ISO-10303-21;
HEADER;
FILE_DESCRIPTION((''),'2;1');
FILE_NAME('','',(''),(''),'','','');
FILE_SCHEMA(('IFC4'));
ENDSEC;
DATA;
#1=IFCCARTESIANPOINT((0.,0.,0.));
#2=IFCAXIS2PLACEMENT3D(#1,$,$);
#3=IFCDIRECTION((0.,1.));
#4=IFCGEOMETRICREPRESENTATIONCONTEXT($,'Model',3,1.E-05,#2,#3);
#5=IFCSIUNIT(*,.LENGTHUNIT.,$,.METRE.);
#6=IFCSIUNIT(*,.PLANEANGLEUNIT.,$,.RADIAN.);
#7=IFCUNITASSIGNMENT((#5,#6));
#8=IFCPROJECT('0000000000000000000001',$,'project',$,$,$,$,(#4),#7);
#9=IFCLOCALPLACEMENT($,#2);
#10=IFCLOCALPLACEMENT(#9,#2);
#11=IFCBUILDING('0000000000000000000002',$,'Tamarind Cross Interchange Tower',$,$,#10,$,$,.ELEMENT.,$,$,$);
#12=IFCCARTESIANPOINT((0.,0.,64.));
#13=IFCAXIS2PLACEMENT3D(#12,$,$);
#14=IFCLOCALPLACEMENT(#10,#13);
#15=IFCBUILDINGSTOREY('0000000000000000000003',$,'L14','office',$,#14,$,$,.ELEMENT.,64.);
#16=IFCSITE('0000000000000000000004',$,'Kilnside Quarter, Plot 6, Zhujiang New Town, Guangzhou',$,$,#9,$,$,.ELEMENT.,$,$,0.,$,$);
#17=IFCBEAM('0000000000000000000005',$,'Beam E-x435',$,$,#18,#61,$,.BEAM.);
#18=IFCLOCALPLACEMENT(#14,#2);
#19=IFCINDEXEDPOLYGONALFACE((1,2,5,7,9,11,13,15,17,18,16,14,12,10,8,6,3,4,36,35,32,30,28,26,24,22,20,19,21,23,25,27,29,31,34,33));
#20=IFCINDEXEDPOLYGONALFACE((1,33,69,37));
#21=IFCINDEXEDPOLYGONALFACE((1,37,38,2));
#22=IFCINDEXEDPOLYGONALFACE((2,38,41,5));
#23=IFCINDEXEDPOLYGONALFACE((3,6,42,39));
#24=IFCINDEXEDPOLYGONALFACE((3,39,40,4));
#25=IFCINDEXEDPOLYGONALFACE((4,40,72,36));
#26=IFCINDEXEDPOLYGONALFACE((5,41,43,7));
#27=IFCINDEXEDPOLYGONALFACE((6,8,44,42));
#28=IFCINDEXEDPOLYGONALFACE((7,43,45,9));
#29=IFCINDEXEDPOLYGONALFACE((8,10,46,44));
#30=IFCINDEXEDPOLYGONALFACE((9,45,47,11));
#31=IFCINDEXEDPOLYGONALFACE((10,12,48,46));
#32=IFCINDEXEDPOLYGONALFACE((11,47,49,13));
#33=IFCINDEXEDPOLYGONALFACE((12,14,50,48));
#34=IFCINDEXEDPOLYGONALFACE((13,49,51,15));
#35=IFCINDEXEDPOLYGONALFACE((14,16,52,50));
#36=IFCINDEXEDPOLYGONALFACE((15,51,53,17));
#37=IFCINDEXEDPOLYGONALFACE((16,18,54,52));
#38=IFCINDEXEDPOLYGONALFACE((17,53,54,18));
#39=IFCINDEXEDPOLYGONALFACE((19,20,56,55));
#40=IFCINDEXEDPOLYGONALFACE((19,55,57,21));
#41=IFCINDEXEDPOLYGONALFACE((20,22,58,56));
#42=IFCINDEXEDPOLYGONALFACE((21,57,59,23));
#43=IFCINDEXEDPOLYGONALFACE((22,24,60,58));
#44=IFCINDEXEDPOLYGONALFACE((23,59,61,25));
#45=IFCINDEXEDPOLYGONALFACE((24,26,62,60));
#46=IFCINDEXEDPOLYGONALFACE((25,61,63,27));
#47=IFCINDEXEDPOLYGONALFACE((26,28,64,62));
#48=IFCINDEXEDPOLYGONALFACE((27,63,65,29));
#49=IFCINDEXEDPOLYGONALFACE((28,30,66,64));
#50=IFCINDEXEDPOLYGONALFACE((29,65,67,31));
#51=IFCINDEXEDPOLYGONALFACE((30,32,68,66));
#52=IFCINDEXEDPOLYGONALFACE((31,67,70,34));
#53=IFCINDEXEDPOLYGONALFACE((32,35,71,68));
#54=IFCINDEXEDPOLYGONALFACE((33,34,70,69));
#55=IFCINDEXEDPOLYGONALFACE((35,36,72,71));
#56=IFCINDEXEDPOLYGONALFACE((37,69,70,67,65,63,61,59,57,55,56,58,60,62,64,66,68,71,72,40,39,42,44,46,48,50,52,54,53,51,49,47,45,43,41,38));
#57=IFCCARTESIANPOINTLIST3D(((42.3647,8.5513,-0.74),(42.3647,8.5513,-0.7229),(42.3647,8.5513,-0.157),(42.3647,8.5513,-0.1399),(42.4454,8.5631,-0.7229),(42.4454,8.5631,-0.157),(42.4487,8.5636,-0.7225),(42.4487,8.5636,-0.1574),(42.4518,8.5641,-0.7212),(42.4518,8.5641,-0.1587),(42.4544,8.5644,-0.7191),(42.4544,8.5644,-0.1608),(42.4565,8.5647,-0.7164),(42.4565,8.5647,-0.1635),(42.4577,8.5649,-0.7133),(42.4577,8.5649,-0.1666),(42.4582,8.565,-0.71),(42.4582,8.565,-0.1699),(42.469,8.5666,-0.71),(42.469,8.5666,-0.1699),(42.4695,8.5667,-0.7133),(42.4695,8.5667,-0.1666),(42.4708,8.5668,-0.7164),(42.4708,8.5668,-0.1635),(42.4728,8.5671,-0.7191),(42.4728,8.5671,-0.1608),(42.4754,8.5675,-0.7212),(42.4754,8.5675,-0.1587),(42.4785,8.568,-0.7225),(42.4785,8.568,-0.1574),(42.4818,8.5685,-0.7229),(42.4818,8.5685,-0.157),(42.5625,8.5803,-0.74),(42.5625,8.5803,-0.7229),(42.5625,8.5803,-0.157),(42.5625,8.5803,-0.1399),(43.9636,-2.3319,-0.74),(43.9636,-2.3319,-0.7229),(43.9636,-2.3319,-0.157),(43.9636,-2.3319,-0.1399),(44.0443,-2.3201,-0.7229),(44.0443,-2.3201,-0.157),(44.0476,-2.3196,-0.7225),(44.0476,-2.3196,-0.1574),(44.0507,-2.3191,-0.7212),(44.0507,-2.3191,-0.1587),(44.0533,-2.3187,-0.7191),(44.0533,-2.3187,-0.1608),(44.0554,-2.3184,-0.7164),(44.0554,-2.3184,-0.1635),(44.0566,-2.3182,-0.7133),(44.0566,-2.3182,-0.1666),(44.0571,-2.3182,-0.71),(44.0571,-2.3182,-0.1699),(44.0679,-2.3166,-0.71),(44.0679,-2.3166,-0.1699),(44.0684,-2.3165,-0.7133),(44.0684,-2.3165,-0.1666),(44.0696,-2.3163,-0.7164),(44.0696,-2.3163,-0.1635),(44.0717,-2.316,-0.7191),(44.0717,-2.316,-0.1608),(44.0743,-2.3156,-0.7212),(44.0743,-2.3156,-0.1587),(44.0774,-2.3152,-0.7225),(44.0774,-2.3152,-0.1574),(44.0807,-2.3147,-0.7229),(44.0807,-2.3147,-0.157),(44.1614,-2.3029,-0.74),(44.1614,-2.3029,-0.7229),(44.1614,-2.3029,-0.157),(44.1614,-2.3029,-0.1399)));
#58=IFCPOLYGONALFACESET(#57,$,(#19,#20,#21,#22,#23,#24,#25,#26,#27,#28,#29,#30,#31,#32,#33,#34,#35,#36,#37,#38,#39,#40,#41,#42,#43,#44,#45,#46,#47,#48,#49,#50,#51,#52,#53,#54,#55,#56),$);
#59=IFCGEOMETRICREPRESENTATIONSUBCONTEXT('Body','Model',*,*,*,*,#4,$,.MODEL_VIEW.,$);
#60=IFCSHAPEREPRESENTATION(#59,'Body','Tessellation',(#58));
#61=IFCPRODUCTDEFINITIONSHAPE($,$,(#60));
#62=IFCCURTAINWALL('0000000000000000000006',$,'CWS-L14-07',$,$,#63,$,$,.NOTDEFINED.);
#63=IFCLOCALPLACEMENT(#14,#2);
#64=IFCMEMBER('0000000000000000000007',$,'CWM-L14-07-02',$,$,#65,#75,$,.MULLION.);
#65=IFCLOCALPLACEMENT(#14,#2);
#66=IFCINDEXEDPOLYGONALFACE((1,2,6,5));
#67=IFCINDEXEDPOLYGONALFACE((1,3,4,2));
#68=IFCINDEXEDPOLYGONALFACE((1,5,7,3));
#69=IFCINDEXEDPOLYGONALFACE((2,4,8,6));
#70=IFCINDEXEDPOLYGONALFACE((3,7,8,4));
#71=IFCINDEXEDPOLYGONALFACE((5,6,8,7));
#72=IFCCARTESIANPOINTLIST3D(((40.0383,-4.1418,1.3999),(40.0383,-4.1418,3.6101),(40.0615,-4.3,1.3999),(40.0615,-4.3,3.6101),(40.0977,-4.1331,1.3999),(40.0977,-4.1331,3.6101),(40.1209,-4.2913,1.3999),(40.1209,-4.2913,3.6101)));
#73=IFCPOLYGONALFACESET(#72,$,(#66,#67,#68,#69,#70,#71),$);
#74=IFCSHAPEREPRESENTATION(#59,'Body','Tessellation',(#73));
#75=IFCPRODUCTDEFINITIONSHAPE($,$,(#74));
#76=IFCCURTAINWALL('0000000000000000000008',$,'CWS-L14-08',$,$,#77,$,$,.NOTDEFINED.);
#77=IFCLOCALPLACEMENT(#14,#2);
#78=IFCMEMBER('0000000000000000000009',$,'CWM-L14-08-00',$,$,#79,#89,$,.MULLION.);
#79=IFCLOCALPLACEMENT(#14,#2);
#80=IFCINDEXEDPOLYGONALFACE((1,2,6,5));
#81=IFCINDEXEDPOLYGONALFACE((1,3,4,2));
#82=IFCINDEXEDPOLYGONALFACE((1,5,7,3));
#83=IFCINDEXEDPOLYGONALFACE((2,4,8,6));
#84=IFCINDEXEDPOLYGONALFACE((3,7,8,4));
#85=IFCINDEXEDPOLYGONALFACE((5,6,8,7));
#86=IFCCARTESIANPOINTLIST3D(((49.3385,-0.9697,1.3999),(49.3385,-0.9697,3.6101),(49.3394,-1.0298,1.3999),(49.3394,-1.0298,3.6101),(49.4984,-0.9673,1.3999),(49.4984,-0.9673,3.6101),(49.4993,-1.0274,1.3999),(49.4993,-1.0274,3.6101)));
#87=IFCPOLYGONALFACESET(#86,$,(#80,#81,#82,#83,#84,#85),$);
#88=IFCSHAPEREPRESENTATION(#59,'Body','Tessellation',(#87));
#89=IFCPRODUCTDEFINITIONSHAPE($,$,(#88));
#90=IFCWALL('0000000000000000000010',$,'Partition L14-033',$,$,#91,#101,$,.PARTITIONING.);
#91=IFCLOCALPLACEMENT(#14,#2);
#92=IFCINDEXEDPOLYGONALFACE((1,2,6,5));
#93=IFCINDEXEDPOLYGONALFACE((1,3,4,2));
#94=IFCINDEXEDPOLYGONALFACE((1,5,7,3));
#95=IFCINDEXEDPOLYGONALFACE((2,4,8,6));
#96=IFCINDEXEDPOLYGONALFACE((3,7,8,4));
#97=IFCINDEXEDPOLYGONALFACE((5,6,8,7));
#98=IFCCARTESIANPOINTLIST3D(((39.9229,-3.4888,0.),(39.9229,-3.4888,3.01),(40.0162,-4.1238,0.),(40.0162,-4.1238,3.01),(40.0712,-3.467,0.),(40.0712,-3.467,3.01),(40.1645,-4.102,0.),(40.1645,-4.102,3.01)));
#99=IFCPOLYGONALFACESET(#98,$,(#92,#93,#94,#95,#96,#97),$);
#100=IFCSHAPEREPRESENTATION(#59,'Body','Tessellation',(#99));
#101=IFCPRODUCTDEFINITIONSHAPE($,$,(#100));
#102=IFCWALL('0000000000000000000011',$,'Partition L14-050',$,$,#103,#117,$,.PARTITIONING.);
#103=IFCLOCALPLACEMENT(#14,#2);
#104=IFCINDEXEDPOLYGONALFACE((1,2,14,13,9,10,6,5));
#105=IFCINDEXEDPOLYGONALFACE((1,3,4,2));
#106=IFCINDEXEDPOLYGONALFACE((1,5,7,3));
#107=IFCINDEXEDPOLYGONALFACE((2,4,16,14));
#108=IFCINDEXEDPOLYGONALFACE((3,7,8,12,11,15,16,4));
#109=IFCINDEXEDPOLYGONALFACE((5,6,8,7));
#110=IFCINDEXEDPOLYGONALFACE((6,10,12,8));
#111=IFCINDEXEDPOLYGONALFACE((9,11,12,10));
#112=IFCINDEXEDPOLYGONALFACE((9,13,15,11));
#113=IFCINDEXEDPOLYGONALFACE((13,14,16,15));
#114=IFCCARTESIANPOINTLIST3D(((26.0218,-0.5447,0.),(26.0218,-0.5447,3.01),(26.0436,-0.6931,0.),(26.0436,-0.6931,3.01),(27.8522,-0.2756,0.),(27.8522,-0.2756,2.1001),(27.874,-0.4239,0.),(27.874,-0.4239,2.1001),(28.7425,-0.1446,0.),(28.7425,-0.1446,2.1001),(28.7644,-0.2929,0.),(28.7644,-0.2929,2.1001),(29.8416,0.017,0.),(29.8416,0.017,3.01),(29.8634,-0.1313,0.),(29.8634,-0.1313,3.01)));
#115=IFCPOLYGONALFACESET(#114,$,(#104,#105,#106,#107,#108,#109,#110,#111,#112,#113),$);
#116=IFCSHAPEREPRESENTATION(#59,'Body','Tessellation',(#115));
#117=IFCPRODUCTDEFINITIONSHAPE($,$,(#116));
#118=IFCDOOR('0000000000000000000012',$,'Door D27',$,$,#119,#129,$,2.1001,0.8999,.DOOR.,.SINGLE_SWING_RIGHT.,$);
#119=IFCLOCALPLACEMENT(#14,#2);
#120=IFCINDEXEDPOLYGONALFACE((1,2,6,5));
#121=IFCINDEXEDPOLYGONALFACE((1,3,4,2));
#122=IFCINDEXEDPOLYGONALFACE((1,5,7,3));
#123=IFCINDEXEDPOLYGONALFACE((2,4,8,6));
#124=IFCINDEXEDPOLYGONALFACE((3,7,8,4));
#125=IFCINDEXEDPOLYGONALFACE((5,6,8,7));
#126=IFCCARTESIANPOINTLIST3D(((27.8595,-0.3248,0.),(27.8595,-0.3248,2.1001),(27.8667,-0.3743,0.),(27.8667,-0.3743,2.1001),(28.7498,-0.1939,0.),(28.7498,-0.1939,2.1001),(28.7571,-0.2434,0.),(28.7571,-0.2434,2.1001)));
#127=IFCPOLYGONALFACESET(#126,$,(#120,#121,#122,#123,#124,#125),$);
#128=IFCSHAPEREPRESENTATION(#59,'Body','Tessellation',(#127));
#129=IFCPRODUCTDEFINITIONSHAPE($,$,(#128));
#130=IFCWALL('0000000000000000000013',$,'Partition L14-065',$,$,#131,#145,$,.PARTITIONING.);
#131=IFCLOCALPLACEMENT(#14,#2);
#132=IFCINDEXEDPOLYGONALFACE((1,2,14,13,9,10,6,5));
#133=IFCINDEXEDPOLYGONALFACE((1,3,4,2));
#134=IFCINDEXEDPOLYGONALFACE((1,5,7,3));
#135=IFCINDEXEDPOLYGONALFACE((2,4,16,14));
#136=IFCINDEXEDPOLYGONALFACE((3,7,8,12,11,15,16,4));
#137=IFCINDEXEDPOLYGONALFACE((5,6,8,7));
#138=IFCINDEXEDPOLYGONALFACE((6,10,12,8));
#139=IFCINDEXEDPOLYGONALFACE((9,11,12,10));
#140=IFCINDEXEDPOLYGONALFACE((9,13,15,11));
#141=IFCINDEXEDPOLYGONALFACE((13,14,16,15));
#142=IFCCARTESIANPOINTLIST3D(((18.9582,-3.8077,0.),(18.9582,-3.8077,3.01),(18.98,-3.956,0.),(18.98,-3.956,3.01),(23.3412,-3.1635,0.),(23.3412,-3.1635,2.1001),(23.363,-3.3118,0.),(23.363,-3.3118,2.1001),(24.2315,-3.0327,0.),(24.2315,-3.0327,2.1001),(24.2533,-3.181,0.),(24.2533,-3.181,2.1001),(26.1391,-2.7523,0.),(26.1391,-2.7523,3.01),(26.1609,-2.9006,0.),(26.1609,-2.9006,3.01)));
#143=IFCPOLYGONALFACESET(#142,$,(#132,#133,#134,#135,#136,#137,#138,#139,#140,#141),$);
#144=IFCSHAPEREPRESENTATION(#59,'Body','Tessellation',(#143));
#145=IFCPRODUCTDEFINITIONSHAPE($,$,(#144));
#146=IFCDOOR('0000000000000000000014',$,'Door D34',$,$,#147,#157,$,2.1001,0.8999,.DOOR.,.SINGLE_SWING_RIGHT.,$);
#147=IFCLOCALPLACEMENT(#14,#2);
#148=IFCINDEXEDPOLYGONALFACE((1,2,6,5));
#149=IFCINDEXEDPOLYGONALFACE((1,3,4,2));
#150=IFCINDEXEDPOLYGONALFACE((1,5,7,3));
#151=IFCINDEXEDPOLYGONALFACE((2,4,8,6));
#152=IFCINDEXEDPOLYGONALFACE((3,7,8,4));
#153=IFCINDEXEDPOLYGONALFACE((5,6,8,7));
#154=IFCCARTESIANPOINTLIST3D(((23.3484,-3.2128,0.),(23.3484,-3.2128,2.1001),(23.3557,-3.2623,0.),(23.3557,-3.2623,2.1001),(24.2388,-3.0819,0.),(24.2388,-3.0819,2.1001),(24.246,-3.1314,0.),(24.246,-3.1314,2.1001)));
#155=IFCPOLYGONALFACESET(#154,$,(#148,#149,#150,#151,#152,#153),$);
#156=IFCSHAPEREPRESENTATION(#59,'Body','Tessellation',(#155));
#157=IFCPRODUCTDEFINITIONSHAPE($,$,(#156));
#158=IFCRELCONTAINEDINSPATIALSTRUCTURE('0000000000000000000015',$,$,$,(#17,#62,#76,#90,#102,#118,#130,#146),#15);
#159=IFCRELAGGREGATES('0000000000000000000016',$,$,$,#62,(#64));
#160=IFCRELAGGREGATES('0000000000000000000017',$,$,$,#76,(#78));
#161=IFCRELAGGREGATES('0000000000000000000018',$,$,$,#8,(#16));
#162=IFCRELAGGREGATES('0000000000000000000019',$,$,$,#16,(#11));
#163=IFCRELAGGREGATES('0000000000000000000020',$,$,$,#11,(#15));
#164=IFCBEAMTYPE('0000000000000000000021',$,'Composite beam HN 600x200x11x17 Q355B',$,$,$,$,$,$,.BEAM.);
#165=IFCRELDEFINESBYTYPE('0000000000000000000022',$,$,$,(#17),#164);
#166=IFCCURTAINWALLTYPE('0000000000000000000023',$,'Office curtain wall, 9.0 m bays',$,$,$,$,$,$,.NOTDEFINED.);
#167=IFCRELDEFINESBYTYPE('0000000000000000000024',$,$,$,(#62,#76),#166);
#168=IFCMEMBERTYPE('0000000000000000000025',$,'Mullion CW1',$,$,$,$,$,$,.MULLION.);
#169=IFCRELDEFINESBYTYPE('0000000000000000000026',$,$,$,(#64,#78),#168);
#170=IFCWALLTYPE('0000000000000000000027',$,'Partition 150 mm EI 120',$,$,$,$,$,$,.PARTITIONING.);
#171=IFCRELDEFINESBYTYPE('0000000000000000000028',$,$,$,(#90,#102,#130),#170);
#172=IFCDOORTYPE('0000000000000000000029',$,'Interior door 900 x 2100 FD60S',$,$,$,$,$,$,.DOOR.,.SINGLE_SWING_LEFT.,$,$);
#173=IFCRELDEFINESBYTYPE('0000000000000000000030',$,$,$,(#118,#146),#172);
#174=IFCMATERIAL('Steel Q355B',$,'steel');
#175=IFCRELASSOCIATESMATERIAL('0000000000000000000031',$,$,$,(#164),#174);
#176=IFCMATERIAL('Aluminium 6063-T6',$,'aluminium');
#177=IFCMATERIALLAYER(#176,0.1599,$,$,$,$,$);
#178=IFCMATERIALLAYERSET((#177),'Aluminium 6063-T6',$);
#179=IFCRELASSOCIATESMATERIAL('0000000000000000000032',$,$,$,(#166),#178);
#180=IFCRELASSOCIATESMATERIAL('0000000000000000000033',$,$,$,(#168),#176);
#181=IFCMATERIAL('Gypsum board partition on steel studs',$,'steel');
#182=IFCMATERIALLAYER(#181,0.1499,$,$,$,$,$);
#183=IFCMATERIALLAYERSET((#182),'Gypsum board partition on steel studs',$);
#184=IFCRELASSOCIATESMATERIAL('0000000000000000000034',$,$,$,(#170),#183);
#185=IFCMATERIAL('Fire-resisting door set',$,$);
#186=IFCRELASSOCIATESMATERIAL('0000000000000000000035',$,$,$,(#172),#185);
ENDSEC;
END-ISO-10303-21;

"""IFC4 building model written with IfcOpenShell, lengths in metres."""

from ifc_helpers import new_model, si_unit, direction, frame, frame_2d, origin, origin_2d, place, context, subcontext, project, spatial, rectangle, i_section, extrude, material, layer, layer_set, material_profile, profile_set, type_object, element, fill, aggregate, save


model = new_model("IFC4")

# Units and contexts
model_context = context("Model", 3, precision=1e-05, world=origin(), true_north=direction((0.0, 1.0)))
body_context = subcontext(model_context, "Body", "Model", "MODEL_VIEW")
ifc_project = project(units=[si_unit("LENGTHUNIT", "METRE"), si_unit("PLANEANGLEUNIT", "RADIAN")], contexts=[model_context])

# Site, building, storey
site_placement = place(None, origin())
site = spatial("IfcSite", under=ifc_project, at=site_placement, Name="Kilnside Quarter, Plot 6, Zhujiang New Town, Guangzhou", CompositionType="ELEMENT", RefElevation=0.0)
building_placement = place(site_placement, origin())
building = spatial("IfcBuilding", under=site, at=building_placement, Name="Tamarind Cross Interchange Tower", CompositionType="ELEMENT")
storey_placement = place(building_placement, frame((0.0, 0.0, 64.0)))
storey = spatial("IfcBuildingStorey", under=building, at=storey_placement, Name="L14", Description="office", CompositionType="ELEMENT", Elevation=64.0)

# Beam
ifc_material_1 = material(Name="Steel Q355B", Category="steel")
ifc_material_profile_1 = material_profile(ifc_material_1, i_section(OverallWidth=0.2, OverallDepth=0.6001, WebThickness=0.011, FlangeThickness=0.0171, FilletRadius=0.0129, at=origin_2d()), Name="HN 600x200x11x17")
ifc_profile_set_1 = profile_set([ifc_material_profile_1], Name="Steel Q355B")
beam_type_1 = type_object("IfcBeamType", Name="Composite beam HN 600x200x11x17 Q355B", PredefinedType="BEAM", material=ifc_profile_set_1)
beam_1_placement = place(storey_placement, frame((44.0625, -2.3174, -0.4399), z_axis=(-0.145354, 0.98938, 0.0), x_axis=(-0.98938, -0.145354, 0.0)))
element("IfcBeam", 1, at=beam_1_placement, inside=storey, type_object=beam_type_1, Name="Beam E-x435", PredefinedType="BEAM", context=body_context, shape_type="SweptSolid", body=[
    extrude(i_section(OverallWidth=0.2, OverallDepth=0.6001, WebThickness=0.011, FlangeThickness=0.0171, FilletRadius=0.0129, at=origin_2d()), origin(), (0.0, 0.0, 1.0), 11.0),
])

# Curtain walls, members
ifc_material_2 = material(Name="Aluminium 6063-T6", Category="aluminium")
ifc_layer_1 = layer(ifc_material_2, 0.1599)
ifc_layer_set_1 = layer_set([ifc_layer_1], Name="Aluminium 6063-T6")
curtain_wall_type = type_object("IfcCurtainWallType", Name="Office curtain wall, 9.0 m bays", PredefinedType="NOTDEFINED", material=ifc_layer_set_1)
curtain_wall_1_placement = place(storey_placement, origin())
curtain_wall_1 = element("IfcCurtainWall", 2, at=curtain_wall_1_placement, inside=storey, type_object=curtain_wall_type, Name="CWS-L14-07", PredefinedType="NOTDEFINED")
ifc_material_profile_2 = material_profile(ifc_material_2, rectangle(XDim=0.0601, YDim=0.1599, at=origin_2d()), Name="Mullion CW1")
ifc_profile_set_2 = profile_set([ifc_material_profile_2], Name="Aluminium 6063-T6")
member_type = type_object("IfcMemberType", Name="Mullion CW1", PredefinedType="MULLION", material=ifc_profile_set_2)
member_1_placement = place(storey_placement, frame((40.0796, -4.2166, 1.3999), z_axis=(0.0, 0.0, 1.0), x_axis=(0.989378, 0.145365, 0.0)))
member_1 = element("IfcMember", 3, at=member_1_placement, type_object=member_type, Name="CWM-L14-07-02", PredefinedType="MULLION", context=body_context, shape_type="SweptSolid", body=[
    extrude(rectangle(XDim=0.0601, YDim=0.1599, at=origin_2d()), origin(), (0.0, 0.0, 1.0), 2.2102),
])
aggregate(curtain_wall_1, [member_1])
curtain_wall_2_placement = place(storey_placement, origin())
curtain_wall_2 = element("IfcCurtainWall", 4, at=curtain_wall_2_placement, inside=storey, type_object=curtain_wall_type, Name="CWS-L14-08", PredefinedType="NOTDEFINED")
member_2_placement = place(storey_placement, frame((49.4189, -0.9985, 1.3999), z_axis=(0.0, 0.0, 1.0), x_axis=(-0.014981, 0.999888, 0.0)))
member_2 = element("IfcMember", 5, at=member_2_placement, type_object=member_type, Name="CWM-L14-08-00", PredefinedType="MULLION", context=body_context, shape_type="SweptSolid", body=[
    extrude(rectangle(XDim=0.0601, YDim=0.1599, at=origin_2d()), origin(), (0.0, 0.0, 1.0), 2.2102),
])
aggregate(curtain_wall_2, [member_2])

# Wall
ifc_material_3 = material(Name="Gypsum board partition on steel studs", Category="steel")
ifc_layer_2 = layer(ifc_material_3, 0.1499)
ifc_layer_set_2 = layer_set([ifc_layer_2], Name="Gypsum board partition on steel studs")
wall_type_1 = type_object("IfcWallType", Name="Partition 150 mm EI 120", PredefinedType="PARTITIONING", material=ifc_layer_set_2)
wall_1_placement = place(storey_placement, frame((39.9971, -3.478, 0.0), z_axis=(0.0, 0.0, 1.0), x_axis=(0.145308, -0.989386, 0.0)))
element("IfcWall", 6, at=wall_1_placement, inside=storey, type_object=wall_type_1, Name="Partition L14-033", PredefinedType="PARTITIONING", context=body_context, shape_type="SweptSolid", body=[
    extrude(rectangle(XDim=0.6418, YDim=0.1499, at=frame_2d((0.3208, 0.0))), origin(), (0.0, 0.0, 1.0), 3.01),
])

# Walls, openings, doors
wall_2_placement = place(storey_placement, frame((26.0327, -0.6189, 0.0), z_axis=(0.0, 0.0, 1.0), x_axis=(0.989358, 0.145501, 0.0)))
wall_2 = element("IfcWall", 7, at=wall_2_placement, inside=storey, type_object=wall_type_1, Name="Partition L14-050", PredefinedType="PARTITIONING", context=body_context, shape_type="SweptSolid", body=[
    extrude(rectangle(XDim=3.8608, YDim=0.1499, at=frame_2d((1.9304, 0.0))), origin(), (0.0, 0.0, 1.0), 3.01),
])
opening_1_placement = place(wall_2_placement, frame((1.8501, 0.0, 0.0)))
opening_1 = element("IfcOpeningElement", 8, at=opening_1_placement, cuts=wall_2, PredefinedType="OPENING", context=body_context, shape_type="SweptSolid", body=[
    extrude(rectangle(XDim=0.8999, YDim=2.1001, at=frame_2d((0.45, 1.05))), frame((0.0, 0.085, 0.0), z_axis=(0.0, -1.0, 0.0), x_axis=(1.0, 0.0, 0.0)), (0.0, 0.0, 1.0), 0.1699),
])
ifc_material_4 = material(Name="Fire-resisting door set")
door_type_1 = type_object("IfcDoorType", Name="Interior door 900 x 2100 FD60S", OperationType="SINGLE_SWING_LEFT", PredefinedType="DOOR", material=ifc_material_4)
door_1_placement = place(opening_1_placement, frame((0.8999, 0.0, 0.0), z_axis=(0.0, 0.0, 1.0), x_axis=(-1.0, 0.0, 0.0)))
door_1 = element("IfcDoor", 9, at=door_1_placement, inside=storey, type_object=door_type_1, Name="Door D27", OperationType="SINGLE_SWING_RIGHT", OverallHeight=2.1001, OverallWidth=0.8999, PredefinedType="DOOR", context=body_context, shape_type="SweptSolid", body=[
    extrude(rectangle(XDim=0.8999, YDim=2.1001, at=frame_2d((0.45, 1.05))), frame((0.0, 0.0249, 0.0), z_axis=(0.0, -1.0, 0.0), x_axis=(1.0, 0.0, 0.0)), (0.0, 0.0, 1.0), 0.05),
])
fill(opening_1, door_1)
wall_3_placement = place(storey_placement, frame((18.9692, -3.8818, 0.0), z_axis=(0.0, 0.0, 1.0), x_axis=(0.989371, 0.145414, 0.0)))
wall_3 = element("IfcWall", 10, at=wall_3_placement, inside=storey, type_object=wall_type_1, Name="Partition L14-065", PredefinedType="PARTITIONING", context=body_context, shape_type="SweptSolid", body=[
    extrude(rectangle(XDim=7.2581, YDim=0.1499, at=frame_2d((3.6289, 0.0))), origin(), (0.0, 0.0, 1.0), 3.01),
])
opening_2_placement = place(wall_3_placement, frame((4.4299, 0.0, 0.0)))
opening_2 = element("IfcOpeningElement", 11, at=opening_2_placement, cuts=wall_3, PredefinedType="OPENING", context=body_context, shape_type="SweptSolid", body=[
    extrude(rectangle(XDim=0.8999, YDim=2.1001, at=frame_2d((0.45, 1.05))), frame((0.0, 0.085, 0.0), z_axis=(0.0, -1.0, 0.0), x_axis=(1.0, 0.0, 0.0)), (0.0, 0.0, 1.0), 0.1699),
])
door_2_placement = place(opening_2_placement, frame((0.8999, 0.0, 0.0), z_axis=(0.0, 0.0, 1.0), x_axis=(-1.0, 0.0, 0.0)))
door_2 = element("IfcDoor", 12, at=door_2_placement, inside=storey, type_object=door_type_1, Name="Door D34", OperationType="SINGLE_SWING_RIGHT", OverallHeight=2.1001, OverallWidth=0.8999, PredefinedType="DOOR", context=body_context, shape_type="SweptSolid", body=[
    extrude(rectangle(XDim=0.8999, YDim=2.1001, at=frame_2d((0.45, 1.05))), frame((0.0, 0.0249, 0.0), z_axis=(0.0, -1.0, 0.0), x_axis=(1.0, 0.0, 0.0)), (0.0, 0.0, 1.0), 0.05),
])
fill(opening_2, door_2)

save(model, "model.ifc")
